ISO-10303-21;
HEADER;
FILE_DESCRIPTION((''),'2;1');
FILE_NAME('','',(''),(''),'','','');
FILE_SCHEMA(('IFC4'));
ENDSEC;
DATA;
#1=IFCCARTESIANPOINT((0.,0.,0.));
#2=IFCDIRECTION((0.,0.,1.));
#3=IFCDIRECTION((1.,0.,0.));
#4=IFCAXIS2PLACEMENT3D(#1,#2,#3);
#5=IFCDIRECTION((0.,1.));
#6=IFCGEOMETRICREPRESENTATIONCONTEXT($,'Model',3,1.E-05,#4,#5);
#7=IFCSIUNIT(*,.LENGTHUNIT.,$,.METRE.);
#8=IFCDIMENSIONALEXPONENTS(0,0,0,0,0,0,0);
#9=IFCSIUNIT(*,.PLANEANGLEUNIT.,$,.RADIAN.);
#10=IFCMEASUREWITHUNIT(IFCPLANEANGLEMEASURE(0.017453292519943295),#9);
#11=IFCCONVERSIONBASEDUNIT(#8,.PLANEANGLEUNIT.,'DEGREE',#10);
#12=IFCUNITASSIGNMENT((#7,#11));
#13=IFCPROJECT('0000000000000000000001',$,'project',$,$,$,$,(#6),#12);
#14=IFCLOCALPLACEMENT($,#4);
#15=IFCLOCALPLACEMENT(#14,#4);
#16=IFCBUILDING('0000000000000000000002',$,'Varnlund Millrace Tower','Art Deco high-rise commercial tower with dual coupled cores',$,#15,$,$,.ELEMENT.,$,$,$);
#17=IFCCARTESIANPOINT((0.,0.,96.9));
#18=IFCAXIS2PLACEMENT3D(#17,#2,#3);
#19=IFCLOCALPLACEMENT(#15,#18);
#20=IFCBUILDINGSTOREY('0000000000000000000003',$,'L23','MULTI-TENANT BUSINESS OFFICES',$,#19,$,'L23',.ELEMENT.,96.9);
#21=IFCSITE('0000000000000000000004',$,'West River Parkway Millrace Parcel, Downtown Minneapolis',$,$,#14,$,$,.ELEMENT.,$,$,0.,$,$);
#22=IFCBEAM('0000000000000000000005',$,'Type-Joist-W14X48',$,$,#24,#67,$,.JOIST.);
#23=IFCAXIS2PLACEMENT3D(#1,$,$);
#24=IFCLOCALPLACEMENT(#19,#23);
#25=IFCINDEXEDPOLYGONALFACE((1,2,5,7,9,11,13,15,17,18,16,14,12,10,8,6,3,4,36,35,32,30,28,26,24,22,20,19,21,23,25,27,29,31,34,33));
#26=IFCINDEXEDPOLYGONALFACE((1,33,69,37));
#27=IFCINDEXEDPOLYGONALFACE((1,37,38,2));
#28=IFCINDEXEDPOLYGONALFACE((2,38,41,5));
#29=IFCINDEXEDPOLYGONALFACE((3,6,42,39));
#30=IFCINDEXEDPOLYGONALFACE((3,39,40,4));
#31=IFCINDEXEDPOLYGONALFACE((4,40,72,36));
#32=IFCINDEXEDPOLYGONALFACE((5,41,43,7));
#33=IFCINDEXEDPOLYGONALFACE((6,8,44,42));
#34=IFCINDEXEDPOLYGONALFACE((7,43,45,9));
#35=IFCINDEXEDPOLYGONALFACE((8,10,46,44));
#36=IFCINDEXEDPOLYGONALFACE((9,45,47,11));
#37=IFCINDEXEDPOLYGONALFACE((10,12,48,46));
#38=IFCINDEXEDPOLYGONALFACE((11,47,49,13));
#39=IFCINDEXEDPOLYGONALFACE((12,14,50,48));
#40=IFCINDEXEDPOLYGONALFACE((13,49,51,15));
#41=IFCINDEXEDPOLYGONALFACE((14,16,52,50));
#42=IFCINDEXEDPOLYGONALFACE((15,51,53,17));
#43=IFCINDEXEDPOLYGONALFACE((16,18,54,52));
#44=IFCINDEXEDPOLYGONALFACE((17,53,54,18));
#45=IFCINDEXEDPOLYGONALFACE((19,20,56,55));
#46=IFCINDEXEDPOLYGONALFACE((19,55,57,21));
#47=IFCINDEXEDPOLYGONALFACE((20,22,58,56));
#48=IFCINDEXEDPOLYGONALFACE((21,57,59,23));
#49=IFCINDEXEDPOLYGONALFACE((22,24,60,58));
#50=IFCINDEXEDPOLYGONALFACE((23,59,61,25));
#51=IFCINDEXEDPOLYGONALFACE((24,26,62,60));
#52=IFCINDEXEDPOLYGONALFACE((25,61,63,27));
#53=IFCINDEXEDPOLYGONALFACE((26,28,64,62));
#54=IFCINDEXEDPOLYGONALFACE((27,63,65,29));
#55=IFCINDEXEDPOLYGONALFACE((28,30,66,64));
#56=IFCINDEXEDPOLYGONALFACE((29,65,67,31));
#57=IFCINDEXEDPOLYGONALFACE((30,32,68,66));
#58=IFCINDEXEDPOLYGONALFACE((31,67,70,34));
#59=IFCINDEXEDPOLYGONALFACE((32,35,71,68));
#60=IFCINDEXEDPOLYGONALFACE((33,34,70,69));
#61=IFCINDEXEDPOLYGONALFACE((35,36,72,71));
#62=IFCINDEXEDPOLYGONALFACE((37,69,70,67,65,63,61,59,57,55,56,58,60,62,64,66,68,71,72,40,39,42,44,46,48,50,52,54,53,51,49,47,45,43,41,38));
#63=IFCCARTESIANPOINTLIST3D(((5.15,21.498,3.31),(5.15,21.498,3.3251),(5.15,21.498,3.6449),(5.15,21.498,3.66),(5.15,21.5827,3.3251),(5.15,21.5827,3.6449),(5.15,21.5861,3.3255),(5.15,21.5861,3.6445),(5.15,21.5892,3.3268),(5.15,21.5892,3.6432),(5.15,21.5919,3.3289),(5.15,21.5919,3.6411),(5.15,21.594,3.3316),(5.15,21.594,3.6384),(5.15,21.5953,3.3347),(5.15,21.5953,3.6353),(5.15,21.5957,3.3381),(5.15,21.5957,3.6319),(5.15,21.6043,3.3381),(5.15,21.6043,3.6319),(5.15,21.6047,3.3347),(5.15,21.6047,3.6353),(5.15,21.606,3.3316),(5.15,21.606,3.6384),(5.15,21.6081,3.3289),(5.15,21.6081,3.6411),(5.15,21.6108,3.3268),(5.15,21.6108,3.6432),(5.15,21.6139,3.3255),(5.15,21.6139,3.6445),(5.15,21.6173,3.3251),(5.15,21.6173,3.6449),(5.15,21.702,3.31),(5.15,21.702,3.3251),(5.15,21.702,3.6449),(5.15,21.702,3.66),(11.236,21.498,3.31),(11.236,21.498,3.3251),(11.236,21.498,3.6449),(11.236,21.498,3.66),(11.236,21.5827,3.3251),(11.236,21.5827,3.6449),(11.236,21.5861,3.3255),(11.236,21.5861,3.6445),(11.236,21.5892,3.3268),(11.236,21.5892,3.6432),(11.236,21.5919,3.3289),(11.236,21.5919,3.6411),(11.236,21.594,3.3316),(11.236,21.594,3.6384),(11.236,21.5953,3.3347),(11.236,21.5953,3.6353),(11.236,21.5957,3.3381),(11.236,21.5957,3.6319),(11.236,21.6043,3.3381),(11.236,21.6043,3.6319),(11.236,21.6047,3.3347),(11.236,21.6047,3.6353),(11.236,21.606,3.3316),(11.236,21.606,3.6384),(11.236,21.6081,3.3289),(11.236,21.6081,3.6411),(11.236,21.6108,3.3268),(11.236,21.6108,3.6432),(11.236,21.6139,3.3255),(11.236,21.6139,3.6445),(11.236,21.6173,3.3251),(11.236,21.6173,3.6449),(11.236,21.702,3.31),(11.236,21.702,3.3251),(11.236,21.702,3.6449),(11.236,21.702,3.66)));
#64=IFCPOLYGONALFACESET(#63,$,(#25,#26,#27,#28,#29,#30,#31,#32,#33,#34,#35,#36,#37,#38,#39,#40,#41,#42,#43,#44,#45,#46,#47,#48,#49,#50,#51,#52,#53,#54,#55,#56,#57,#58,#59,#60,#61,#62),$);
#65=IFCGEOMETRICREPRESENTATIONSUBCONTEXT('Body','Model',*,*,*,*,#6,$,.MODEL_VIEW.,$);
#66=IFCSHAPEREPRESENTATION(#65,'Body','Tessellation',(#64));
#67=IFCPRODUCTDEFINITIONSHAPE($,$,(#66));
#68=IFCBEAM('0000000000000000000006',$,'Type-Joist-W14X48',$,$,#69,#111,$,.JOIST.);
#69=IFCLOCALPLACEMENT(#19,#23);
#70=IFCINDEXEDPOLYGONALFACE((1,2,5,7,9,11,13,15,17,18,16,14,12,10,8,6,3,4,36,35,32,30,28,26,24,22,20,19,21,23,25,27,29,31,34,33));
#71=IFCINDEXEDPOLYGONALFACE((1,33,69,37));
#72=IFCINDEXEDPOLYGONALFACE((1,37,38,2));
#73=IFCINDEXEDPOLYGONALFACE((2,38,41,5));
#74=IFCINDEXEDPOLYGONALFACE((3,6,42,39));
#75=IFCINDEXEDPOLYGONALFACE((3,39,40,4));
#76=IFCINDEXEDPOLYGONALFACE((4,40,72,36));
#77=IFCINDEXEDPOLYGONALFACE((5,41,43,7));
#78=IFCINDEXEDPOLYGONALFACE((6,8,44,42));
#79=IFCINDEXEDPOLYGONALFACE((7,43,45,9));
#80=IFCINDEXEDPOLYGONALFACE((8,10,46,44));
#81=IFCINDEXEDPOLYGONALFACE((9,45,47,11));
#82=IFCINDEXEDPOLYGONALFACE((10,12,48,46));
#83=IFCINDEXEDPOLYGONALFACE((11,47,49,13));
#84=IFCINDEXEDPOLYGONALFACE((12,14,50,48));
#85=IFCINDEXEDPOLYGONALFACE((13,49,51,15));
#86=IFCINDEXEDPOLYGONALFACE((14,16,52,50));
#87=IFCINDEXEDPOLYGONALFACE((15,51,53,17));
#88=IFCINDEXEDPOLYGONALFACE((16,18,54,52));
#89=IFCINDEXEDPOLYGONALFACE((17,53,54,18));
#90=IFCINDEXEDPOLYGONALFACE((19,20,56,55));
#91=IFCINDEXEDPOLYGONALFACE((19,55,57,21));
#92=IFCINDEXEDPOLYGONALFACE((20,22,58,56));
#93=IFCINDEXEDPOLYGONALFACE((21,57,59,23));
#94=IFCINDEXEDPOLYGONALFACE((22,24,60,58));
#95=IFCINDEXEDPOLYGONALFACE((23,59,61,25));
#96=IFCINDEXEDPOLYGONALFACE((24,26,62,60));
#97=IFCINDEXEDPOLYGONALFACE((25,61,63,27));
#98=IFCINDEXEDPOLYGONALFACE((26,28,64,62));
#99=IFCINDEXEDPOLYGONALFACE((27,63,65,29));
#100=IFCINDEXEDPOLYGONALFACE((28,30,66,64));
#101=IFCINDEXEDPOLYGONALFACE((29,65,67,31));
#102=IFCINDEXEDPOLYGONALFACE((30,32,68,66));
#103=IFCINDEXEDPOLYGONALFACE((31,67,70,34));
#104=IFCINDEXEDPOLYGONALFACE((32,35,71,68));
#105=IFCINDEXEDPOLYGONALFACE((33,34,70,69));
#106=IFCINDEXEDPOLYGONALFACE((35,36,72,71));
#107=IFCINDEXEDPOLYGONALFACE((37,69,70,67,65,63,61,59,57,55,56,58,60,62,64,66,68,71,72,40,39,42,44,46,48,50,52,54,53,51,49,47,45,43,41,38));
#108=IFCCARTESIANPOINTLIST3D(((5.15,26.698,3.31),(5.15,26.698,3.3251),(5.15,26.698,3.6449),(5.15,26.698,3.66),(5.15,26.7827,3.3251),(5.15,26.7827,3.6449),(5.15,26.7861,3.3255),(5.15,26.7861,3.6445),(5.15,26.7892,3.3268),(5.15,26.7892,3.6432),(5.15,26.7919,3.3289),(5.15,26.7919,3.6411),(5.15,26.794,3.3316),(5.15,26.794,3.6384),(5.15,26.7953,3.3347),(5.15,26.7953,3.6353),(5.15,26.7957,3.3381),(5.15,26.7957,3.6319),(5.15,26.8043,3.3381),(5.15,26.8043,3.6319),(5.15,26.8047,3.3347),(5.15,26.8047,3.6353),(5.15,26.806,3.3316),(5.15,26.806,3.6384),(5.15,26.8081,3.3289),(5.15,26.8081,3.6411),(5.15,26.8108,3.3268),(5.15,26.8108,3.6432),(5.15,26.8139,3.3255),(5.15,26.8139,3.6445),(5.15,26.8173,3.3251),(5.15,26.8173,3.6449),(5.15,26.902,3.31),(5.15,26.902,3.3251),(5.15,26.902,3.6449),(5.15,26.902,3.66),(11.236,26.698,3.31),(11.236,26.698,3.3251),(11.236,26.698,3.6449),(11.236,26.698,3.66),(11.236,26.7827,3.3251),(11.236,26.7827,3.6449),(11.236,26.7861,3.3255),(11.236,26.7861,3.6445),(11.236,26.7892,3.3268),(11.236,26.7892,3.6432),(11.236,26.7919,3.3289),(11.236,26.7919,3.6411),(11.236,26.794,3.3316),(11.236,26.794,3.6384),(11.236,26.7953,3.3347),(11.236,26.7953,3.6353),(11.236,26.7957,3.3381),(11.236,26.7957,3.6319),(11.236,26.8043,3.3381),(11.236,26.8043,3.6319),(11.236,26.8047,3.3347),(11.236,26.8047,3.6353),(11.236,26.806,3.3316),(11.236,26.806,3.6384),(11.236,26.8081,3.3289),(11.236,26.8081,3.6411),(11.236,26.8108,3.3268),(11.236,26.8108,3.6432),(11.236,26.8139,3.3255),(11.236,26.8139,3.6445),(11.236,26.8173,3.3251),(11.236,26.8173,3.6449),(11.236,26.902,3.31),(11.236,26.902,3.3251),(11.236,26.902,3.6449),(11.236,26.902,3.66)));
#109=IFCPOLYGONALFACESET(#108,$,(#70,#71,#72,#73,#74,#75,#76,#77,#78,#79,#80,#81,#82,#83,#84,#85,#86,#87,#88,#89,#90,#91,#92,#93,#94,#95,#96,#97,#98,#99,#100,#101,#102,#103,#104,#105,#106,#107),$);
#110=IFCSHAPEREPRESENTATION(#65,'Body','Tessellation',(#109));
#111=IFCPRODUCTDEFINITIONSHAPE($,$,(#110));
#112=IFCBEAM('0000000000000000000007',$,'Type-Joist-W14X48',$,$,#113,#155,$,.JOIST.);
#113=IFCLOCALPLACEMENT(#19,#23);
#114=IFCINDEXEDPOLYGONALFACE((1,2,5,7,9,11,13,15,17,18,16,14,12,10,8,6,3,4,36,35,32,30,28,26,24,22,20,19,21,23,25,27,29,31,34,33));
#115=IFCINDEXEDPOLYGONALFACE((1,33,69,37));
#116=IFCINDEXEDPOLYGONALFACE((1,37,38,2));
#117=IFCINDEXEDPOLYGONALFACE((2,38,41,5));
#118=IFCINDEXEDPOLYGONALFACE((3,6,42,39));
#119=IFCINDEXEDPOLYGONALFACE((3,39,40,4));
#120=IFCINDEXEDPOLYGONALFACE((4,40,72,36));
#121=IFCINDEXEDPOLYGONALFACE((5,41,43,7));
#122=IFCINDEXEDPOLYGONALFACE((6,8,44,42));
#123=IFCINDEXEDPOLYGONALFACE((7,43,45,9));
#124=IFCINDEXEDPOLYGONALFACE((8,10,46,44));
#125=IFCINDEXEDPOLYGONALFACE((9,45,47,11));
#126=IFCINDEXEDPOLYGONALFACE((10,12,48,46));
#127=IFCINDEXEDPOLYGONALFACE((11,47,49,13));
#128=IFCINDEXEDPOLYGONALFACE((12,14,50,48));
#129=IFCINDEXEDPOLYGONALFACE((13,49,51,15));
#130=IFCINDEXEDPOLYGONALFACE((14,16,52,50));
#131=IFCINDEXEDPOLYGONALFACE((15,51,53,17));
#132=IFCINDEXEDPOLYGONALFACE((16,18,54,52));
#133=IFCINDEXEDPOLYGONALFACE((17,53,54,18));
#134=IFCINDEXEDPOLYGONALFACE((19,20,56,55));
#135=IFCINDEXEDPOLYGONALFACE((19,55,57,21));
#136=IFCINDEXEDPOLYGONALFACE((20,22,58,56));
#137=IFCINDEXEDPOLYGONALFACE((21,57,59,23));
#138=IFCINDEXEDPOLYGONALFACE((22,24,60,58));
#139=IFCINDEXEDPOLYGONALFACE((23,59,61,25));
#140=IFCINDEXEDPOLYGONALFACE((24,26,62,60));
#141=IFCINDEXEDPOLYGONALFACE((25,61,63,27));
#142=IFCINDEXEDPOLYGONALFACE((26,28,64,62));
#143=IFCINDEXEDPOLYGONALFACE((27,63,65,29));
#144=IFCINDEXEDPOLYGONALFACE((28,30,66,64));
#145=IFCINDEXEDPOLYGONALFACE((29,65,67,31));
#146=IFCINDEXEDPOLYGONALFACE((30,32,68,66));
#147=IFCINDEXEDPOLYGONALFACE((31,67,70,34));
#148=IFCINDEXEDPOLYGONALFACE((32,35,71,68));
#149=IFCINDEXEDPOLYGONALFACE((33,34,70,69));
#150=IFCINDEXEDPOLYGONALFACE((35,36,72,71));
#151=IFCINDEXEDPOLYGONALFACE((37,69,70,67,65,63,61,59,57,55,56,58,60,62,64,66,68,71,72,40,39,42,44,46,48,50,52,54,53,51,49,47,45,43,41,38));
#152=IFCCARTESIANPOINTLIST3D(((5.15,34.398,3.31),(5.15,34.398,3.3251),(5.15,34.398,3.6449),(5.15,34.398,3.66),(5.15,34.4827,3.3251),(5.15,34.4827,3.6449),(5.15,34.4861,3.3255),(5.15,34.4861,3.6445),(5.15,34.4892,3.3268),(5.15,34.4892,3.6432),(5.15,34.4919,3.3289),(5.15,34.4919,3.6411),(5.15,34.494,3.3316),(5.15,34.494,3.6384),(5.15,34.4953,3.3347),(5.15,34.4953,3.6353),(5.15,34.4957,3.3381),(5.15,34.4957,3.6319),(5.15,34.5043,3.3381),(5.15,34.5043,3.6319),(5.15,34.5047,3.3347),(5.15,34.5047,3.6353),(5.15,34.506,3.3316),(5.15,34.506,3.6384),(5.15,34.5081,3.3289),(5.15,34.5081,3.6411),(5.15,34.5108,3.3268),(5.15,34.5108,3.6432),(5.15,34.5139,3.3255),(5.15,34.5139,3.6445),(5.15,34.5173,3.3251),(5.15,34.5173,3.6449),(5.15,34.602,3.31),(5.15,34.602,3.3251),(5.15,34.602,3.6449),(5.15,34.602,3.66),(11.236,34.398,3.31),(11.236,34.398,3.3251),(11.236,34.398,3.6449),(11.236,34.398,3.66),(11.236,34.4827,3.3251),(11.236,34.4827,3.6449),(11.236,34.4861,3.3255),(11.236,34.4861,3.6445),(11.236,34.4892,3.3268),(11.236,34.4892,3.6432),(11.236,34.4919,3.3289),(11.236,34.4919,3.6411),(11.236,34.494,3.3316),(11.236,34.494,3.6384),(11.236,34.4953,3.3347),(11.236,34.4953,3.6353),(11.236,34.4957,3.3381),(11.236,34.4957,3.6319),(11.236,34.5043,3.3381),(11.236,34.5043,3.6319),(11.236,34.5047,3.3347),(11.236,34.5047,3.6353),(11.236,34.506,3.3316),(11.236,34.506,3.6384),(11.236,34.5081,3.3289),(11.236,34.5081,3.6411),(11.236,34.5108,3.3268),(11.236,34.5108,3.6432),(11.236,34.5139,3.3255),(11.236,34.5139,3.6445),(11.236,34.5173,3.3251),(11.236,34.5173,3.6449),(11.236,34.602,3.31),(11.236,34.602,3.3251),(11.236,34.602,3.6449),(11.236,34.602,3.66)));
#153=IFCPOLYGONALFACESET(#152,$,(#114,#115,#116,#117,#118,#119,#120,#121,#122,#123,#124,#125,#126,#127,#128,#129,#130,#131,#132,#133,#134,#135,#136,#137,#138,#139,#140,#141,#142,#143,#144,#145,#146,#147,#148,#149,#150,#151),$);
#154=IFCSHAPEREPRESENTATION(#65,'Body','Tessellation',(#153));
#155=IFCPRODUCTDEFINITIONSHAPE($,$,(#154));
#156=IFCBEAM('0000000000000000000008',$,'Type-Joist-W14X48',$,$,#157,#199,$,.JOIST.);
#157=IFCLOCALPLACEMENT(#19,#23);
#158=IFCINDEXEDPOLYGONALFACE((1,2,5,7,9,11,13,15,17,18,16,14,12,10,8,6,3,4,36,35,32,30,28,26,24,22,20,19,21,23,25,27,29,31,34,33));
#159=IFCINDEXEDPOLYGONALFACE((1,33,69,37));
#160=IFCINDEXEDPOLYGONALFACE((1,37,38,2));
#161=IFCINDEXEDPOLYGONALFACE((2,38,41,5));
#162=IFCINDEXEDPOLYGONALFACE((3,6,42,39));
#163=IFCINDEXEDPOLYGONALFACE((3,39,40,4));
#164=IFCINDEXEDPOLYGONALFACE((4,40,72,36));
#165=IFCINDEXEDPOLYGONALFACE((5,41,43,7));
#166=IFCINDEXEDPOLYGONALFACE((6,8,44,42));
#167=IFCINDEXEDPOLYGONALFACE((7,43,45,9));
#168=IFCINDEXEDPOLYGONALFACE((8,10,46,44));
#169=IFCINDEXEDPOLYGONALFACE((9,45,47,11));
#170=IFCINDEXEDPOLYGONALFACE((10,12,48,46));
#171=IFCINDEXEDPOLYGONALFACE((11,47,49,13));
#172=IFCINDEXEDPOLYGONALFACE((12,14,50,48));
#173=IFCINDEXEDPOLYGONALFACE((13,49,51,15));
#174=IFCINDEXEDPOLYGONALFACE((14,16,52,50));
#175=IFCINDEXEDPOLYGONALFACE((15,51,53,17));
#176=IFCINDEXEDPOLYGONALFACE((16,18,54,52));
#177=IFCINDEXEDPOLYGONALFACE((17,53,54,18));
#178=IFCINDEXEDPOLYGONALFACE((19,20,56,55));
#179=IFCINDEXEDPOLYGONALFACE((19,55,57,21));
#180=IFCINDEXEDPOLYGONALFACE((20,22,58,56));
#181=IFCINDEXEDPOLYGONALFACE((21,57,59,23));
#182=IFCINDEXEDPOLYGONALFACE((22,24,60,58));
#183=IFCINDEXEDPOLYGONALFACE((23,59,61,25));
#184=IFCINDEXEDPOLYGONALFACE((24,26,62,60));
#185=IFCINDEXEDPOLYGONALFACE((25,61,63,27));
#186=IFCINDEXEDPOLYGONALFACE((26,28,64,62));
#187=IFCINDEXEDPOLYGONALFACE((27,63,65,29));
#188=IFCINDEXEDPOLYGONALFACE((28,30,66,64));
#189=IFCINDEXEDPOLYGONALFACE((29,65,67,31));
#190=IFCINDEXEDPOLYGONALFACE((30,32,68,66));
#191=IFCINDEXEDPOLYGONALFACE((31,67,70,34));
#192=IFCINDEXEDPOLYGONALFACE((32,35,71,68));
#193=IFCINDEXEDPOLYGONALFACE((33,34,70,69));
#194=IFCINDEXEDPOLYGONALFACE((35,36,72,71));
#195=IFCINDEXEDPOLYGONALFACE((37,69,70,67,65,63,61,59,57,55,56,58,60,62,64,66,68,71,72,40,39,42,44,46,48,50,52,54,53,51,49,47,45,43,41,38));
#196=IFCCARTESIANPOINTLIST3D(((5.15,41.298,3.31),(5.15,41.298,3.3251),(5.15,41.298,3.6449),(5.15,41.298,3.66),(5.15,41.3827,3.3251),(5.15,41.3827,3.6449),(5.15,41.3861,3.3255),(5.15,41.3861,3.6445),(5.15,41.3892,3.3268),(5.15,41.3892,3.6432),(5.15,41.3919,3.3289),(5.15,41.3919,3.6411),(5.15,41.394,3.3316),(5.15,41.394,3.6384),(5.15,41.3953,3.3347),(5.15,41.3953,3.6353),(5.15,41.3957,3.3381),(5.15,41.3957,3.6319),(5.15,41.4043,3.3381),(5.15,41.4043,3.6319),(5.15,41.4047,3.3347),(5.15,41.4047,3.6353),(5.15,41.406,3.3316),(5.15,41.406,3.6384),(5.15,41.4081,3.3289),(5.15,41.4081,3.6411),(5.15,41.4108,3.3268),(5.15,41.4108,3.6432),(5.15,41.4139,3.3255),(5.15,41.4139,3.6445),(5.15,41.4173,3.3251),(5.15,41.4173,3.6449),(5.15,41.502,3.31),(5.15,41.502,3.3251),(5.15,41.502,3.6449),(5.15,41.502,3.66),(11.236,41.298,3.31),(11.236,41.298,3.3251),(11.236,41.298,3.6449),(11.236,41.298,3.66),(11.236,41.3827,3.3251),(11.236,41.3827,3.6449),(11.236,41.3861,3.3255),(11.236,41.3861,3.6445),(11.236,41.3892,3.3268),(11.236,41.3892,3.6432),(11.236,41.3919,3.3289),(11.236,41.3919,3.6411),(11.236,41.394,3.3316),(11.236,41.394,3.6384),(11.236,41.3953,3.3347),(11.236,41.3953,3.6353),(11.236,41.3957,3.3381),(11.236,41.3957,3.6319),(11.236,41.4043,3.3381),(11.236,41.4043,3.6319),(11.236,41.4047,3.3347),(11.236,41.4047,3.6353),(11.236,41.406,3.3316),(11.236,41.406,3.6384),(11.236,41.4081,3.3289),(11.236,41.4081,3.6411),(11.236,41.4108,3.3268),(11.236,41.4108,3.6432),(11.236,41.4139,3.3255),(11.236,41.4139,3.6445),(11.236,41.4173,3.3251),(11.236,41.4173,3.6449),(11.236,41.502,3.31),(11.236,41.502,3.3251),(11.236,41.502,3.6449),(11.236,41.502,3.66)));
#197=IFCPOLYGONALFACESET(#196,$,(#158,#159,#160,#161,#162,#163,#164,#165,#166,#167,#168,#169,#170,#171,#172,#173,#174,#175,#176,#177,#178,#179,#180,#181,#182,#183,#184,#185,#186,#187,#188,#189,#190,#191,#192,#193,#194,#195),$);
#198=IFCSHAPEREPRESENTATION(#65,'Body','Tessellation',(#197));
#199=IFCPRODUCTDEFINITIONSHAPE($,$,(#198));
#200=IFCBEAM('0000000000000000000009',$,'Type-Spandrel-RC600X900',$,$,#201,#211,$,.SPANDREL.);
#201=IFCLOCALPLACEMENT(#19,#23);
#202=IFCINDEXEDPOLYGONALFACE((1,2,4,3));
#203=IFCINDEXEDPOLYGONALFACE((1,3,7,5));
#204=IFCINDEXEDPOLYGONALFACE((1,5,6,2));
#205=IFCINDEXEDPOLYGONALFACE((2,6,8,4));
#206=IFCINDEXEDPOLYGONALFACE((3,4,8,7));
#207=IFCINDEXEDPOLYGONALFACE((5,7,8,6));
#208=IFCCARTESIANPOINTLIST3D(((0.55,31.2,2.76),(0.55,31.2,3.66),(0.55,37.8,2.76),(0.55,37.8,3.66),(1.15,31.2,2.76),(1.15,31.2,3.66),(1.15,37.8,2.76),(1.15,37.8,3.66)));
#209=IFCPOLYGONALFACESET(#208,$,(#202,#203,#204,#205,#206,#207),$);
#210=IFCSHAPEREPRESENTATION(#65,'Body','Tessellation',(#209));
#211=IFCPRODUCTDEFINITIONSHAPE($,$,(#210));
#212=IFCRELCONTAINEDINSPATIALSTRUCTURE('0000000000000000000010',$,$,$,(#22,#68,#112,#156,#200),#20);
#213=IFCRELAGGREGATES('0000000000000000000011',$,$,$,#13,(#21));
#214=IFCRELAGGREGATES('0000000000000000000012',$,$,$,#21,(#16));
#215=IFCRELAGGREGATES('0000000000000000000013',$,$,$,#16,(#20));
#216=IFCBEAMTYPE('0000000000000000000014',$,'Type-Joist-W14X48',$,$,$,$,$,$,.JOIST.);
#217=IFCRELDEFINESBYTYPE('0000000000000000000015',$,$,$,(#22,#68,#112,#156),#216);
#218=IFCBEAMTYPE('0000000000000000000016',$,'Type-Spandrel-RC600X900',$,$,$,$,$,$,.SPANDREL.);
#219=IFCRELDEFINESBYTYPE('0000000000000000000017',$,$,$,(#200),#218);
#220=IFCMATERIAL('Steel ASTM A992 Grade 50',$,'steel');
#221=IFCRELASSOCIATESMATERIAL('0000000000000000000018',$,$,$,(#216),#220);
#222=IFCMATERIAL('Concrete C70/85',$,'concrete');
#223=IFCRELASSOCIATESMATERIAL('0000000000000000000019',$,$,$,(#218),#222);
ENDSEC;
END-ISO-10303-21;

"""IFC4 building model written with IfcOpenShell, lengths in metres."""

from ifc_helpers import new_model, entity, si_unit, converted_unit, direction, frame, origin_with_axes, origin_2d_with_axis, place, context, subcontext, project, spatial, rectangle, i_section, extrude, material, material_profile, profile_set, type_object, element, save


model = new_model("IFC4")

# Units and contexts
model_context = context("Model", 3, precision=1e-05, world=origin_with_axes(), true_north=direction((0.0, 1.0)))
body_context = subcontext(model_context, "Body", "Model", "MODEL_VIEW")
ifc_project = project(units=[si_unit("LENGTHUNIT", "METRE"), converted_unit("PLANEANGLEUNIT", "DEGREE", entity("IfcPlaneAngleMeasure", 0.017453292519943295), si_unit("PLANEANGLEUNIT", "RADIAN"), dimensions=[0, 0, 0, 0, 0, 0, 0])], contexts=[model_context])

# Site, building, storey
site_placement = place(None, origin_with_axes())
site = spatial("IfcSite", under=ifc_project, at=site_placement, Name="West River Parkway Millrace Parcel, Downtown Minneapolis", CompositionType="ELEMENT", RefElevation=0.0)
building_placement = place(site_placement, origin_with_axes())
building = spatial("IfcBuilding", under=site, at=building_placement, Name="Varnlund Millrace Tower", Description="Art Deco high-rise commercial tower with dual coupled cores", CompositionType="ELEMENT")
storey_placement = place(building_placement, frame((0.0, 0.0, 96.9), z_axis=(0.0, 0.0, 1.0), x_axis=(1.0, 0.0, 0.0)))
storey = spatial("IfcBuildingStorey", under=building, at=storey_placement, Name="L23", Description="MULTI-TENANT BUSINESS OFFICES", LongName="L23", CompositionType="ELEMENT", Elevation=96.9)

# Beams
ifc_material_1 = material(Name="Steel ASTM A992 Grade 50", Category="steel")
ifc_material_profile_1 = material_profile(ifc_material_1, i_section(OverallWidth=0.204, OverallDepth=0.35, WebThickness=0.0086, FlangeThickness=0.0151, FilletRadius=0.013, at=origin_2d_with_axis()), Name="Steel ASTM A992 Grade 50")
ifc_profile_set_1 = profile_set([ifc_material_profile_1], Name="Steel ASTM A992 Grade 50")
beam_type_1 = type_object("IfcBeamType", Name="Type-Joist-W14X48", PredefinedType="JOIST", material=ifc_profile_set_1)
for number, where, z_axis, x_axis, name in (
    (1, (5.15, 21.6, 3.485), (1.0, 0.0, 0.0), (0.0, 1.0, 0.0), "Type-Joist-W14X48"),
    (2, (5.15, 26.8, 3.485), (1.0, 0.0, 0.0), (0.0, 1.0, 0.0), "Type-Joist-W14X48"),
    (3, (5.15, 34.5, 3.485), (1.0, 0.0, 0.0), (0.0, 1.0, 0.0), "Type-Joist-W14X48"),
    (4, (5.15, 41.4, 3.485), (1.0, 0.0, 0.0), (0.0, 1.0, 0.0), "Type-Joist-W14X48"),
):
    element("IfcBeam", number, at=place(storey_placement, frame(where, z_axis=z_axis, x_axis=x_axis)), inside=storey, type_object=beam_type_1, Name=name, PredefinedType="JOIST", context=body_context, shape_type="SweptSolid", body=[
        extrude(i_section(OverallWidth=0.204, OverallDepth=0.35, WebThickness=0.0086, FlangeThickness=0.0151, FilletRadius=0.013, at=origin_2d_with_axis()), origin_with_axes(), (0.0, 0.0, 1.0), 6.086),
    ])
ifc_material_2 = material(Name="Concrete C70/85", Category="concrete")
ifc_material_profile_2 = material_profile(ifc_material_2, rectangle(XDim=0.6, YDim=0.9, at=origin_2d_with_axis()), Name="Concrete C70/85")
ifc_profile_set_2 = profile_set([ifc_material_profile_2], Name="Concrete C70/85")
beam_type_2 = type_object("IfcBeamType", Name="Type-Spandrel-RC600X900", PredefinedType="SPANDREL", material=ifc_profile_set_2)
beam_1_placement = place(storey_placement, frame((0.85, 31.2, 3.21), z_axis=(0.0, 1.0, 0.0), x_axis=(-1.0, 0.0, 0.0)))
element("IfcBeam", 5, at=beam_1_placement, inside=storey, type_object=beam_type_2, Name="Type-Spandrel-RC600X900", PredefinedType="SPANDREL", context=body_context, shape_type="SweptSolid", body=[
    extrude(rectangle(XDim=0.6, YDim=0.9, at=origin_2d_with_axis()), origin_with_axes(), (0.0, 0.0, 1.0), 6.6),
])

save(model, "model.ifc")
